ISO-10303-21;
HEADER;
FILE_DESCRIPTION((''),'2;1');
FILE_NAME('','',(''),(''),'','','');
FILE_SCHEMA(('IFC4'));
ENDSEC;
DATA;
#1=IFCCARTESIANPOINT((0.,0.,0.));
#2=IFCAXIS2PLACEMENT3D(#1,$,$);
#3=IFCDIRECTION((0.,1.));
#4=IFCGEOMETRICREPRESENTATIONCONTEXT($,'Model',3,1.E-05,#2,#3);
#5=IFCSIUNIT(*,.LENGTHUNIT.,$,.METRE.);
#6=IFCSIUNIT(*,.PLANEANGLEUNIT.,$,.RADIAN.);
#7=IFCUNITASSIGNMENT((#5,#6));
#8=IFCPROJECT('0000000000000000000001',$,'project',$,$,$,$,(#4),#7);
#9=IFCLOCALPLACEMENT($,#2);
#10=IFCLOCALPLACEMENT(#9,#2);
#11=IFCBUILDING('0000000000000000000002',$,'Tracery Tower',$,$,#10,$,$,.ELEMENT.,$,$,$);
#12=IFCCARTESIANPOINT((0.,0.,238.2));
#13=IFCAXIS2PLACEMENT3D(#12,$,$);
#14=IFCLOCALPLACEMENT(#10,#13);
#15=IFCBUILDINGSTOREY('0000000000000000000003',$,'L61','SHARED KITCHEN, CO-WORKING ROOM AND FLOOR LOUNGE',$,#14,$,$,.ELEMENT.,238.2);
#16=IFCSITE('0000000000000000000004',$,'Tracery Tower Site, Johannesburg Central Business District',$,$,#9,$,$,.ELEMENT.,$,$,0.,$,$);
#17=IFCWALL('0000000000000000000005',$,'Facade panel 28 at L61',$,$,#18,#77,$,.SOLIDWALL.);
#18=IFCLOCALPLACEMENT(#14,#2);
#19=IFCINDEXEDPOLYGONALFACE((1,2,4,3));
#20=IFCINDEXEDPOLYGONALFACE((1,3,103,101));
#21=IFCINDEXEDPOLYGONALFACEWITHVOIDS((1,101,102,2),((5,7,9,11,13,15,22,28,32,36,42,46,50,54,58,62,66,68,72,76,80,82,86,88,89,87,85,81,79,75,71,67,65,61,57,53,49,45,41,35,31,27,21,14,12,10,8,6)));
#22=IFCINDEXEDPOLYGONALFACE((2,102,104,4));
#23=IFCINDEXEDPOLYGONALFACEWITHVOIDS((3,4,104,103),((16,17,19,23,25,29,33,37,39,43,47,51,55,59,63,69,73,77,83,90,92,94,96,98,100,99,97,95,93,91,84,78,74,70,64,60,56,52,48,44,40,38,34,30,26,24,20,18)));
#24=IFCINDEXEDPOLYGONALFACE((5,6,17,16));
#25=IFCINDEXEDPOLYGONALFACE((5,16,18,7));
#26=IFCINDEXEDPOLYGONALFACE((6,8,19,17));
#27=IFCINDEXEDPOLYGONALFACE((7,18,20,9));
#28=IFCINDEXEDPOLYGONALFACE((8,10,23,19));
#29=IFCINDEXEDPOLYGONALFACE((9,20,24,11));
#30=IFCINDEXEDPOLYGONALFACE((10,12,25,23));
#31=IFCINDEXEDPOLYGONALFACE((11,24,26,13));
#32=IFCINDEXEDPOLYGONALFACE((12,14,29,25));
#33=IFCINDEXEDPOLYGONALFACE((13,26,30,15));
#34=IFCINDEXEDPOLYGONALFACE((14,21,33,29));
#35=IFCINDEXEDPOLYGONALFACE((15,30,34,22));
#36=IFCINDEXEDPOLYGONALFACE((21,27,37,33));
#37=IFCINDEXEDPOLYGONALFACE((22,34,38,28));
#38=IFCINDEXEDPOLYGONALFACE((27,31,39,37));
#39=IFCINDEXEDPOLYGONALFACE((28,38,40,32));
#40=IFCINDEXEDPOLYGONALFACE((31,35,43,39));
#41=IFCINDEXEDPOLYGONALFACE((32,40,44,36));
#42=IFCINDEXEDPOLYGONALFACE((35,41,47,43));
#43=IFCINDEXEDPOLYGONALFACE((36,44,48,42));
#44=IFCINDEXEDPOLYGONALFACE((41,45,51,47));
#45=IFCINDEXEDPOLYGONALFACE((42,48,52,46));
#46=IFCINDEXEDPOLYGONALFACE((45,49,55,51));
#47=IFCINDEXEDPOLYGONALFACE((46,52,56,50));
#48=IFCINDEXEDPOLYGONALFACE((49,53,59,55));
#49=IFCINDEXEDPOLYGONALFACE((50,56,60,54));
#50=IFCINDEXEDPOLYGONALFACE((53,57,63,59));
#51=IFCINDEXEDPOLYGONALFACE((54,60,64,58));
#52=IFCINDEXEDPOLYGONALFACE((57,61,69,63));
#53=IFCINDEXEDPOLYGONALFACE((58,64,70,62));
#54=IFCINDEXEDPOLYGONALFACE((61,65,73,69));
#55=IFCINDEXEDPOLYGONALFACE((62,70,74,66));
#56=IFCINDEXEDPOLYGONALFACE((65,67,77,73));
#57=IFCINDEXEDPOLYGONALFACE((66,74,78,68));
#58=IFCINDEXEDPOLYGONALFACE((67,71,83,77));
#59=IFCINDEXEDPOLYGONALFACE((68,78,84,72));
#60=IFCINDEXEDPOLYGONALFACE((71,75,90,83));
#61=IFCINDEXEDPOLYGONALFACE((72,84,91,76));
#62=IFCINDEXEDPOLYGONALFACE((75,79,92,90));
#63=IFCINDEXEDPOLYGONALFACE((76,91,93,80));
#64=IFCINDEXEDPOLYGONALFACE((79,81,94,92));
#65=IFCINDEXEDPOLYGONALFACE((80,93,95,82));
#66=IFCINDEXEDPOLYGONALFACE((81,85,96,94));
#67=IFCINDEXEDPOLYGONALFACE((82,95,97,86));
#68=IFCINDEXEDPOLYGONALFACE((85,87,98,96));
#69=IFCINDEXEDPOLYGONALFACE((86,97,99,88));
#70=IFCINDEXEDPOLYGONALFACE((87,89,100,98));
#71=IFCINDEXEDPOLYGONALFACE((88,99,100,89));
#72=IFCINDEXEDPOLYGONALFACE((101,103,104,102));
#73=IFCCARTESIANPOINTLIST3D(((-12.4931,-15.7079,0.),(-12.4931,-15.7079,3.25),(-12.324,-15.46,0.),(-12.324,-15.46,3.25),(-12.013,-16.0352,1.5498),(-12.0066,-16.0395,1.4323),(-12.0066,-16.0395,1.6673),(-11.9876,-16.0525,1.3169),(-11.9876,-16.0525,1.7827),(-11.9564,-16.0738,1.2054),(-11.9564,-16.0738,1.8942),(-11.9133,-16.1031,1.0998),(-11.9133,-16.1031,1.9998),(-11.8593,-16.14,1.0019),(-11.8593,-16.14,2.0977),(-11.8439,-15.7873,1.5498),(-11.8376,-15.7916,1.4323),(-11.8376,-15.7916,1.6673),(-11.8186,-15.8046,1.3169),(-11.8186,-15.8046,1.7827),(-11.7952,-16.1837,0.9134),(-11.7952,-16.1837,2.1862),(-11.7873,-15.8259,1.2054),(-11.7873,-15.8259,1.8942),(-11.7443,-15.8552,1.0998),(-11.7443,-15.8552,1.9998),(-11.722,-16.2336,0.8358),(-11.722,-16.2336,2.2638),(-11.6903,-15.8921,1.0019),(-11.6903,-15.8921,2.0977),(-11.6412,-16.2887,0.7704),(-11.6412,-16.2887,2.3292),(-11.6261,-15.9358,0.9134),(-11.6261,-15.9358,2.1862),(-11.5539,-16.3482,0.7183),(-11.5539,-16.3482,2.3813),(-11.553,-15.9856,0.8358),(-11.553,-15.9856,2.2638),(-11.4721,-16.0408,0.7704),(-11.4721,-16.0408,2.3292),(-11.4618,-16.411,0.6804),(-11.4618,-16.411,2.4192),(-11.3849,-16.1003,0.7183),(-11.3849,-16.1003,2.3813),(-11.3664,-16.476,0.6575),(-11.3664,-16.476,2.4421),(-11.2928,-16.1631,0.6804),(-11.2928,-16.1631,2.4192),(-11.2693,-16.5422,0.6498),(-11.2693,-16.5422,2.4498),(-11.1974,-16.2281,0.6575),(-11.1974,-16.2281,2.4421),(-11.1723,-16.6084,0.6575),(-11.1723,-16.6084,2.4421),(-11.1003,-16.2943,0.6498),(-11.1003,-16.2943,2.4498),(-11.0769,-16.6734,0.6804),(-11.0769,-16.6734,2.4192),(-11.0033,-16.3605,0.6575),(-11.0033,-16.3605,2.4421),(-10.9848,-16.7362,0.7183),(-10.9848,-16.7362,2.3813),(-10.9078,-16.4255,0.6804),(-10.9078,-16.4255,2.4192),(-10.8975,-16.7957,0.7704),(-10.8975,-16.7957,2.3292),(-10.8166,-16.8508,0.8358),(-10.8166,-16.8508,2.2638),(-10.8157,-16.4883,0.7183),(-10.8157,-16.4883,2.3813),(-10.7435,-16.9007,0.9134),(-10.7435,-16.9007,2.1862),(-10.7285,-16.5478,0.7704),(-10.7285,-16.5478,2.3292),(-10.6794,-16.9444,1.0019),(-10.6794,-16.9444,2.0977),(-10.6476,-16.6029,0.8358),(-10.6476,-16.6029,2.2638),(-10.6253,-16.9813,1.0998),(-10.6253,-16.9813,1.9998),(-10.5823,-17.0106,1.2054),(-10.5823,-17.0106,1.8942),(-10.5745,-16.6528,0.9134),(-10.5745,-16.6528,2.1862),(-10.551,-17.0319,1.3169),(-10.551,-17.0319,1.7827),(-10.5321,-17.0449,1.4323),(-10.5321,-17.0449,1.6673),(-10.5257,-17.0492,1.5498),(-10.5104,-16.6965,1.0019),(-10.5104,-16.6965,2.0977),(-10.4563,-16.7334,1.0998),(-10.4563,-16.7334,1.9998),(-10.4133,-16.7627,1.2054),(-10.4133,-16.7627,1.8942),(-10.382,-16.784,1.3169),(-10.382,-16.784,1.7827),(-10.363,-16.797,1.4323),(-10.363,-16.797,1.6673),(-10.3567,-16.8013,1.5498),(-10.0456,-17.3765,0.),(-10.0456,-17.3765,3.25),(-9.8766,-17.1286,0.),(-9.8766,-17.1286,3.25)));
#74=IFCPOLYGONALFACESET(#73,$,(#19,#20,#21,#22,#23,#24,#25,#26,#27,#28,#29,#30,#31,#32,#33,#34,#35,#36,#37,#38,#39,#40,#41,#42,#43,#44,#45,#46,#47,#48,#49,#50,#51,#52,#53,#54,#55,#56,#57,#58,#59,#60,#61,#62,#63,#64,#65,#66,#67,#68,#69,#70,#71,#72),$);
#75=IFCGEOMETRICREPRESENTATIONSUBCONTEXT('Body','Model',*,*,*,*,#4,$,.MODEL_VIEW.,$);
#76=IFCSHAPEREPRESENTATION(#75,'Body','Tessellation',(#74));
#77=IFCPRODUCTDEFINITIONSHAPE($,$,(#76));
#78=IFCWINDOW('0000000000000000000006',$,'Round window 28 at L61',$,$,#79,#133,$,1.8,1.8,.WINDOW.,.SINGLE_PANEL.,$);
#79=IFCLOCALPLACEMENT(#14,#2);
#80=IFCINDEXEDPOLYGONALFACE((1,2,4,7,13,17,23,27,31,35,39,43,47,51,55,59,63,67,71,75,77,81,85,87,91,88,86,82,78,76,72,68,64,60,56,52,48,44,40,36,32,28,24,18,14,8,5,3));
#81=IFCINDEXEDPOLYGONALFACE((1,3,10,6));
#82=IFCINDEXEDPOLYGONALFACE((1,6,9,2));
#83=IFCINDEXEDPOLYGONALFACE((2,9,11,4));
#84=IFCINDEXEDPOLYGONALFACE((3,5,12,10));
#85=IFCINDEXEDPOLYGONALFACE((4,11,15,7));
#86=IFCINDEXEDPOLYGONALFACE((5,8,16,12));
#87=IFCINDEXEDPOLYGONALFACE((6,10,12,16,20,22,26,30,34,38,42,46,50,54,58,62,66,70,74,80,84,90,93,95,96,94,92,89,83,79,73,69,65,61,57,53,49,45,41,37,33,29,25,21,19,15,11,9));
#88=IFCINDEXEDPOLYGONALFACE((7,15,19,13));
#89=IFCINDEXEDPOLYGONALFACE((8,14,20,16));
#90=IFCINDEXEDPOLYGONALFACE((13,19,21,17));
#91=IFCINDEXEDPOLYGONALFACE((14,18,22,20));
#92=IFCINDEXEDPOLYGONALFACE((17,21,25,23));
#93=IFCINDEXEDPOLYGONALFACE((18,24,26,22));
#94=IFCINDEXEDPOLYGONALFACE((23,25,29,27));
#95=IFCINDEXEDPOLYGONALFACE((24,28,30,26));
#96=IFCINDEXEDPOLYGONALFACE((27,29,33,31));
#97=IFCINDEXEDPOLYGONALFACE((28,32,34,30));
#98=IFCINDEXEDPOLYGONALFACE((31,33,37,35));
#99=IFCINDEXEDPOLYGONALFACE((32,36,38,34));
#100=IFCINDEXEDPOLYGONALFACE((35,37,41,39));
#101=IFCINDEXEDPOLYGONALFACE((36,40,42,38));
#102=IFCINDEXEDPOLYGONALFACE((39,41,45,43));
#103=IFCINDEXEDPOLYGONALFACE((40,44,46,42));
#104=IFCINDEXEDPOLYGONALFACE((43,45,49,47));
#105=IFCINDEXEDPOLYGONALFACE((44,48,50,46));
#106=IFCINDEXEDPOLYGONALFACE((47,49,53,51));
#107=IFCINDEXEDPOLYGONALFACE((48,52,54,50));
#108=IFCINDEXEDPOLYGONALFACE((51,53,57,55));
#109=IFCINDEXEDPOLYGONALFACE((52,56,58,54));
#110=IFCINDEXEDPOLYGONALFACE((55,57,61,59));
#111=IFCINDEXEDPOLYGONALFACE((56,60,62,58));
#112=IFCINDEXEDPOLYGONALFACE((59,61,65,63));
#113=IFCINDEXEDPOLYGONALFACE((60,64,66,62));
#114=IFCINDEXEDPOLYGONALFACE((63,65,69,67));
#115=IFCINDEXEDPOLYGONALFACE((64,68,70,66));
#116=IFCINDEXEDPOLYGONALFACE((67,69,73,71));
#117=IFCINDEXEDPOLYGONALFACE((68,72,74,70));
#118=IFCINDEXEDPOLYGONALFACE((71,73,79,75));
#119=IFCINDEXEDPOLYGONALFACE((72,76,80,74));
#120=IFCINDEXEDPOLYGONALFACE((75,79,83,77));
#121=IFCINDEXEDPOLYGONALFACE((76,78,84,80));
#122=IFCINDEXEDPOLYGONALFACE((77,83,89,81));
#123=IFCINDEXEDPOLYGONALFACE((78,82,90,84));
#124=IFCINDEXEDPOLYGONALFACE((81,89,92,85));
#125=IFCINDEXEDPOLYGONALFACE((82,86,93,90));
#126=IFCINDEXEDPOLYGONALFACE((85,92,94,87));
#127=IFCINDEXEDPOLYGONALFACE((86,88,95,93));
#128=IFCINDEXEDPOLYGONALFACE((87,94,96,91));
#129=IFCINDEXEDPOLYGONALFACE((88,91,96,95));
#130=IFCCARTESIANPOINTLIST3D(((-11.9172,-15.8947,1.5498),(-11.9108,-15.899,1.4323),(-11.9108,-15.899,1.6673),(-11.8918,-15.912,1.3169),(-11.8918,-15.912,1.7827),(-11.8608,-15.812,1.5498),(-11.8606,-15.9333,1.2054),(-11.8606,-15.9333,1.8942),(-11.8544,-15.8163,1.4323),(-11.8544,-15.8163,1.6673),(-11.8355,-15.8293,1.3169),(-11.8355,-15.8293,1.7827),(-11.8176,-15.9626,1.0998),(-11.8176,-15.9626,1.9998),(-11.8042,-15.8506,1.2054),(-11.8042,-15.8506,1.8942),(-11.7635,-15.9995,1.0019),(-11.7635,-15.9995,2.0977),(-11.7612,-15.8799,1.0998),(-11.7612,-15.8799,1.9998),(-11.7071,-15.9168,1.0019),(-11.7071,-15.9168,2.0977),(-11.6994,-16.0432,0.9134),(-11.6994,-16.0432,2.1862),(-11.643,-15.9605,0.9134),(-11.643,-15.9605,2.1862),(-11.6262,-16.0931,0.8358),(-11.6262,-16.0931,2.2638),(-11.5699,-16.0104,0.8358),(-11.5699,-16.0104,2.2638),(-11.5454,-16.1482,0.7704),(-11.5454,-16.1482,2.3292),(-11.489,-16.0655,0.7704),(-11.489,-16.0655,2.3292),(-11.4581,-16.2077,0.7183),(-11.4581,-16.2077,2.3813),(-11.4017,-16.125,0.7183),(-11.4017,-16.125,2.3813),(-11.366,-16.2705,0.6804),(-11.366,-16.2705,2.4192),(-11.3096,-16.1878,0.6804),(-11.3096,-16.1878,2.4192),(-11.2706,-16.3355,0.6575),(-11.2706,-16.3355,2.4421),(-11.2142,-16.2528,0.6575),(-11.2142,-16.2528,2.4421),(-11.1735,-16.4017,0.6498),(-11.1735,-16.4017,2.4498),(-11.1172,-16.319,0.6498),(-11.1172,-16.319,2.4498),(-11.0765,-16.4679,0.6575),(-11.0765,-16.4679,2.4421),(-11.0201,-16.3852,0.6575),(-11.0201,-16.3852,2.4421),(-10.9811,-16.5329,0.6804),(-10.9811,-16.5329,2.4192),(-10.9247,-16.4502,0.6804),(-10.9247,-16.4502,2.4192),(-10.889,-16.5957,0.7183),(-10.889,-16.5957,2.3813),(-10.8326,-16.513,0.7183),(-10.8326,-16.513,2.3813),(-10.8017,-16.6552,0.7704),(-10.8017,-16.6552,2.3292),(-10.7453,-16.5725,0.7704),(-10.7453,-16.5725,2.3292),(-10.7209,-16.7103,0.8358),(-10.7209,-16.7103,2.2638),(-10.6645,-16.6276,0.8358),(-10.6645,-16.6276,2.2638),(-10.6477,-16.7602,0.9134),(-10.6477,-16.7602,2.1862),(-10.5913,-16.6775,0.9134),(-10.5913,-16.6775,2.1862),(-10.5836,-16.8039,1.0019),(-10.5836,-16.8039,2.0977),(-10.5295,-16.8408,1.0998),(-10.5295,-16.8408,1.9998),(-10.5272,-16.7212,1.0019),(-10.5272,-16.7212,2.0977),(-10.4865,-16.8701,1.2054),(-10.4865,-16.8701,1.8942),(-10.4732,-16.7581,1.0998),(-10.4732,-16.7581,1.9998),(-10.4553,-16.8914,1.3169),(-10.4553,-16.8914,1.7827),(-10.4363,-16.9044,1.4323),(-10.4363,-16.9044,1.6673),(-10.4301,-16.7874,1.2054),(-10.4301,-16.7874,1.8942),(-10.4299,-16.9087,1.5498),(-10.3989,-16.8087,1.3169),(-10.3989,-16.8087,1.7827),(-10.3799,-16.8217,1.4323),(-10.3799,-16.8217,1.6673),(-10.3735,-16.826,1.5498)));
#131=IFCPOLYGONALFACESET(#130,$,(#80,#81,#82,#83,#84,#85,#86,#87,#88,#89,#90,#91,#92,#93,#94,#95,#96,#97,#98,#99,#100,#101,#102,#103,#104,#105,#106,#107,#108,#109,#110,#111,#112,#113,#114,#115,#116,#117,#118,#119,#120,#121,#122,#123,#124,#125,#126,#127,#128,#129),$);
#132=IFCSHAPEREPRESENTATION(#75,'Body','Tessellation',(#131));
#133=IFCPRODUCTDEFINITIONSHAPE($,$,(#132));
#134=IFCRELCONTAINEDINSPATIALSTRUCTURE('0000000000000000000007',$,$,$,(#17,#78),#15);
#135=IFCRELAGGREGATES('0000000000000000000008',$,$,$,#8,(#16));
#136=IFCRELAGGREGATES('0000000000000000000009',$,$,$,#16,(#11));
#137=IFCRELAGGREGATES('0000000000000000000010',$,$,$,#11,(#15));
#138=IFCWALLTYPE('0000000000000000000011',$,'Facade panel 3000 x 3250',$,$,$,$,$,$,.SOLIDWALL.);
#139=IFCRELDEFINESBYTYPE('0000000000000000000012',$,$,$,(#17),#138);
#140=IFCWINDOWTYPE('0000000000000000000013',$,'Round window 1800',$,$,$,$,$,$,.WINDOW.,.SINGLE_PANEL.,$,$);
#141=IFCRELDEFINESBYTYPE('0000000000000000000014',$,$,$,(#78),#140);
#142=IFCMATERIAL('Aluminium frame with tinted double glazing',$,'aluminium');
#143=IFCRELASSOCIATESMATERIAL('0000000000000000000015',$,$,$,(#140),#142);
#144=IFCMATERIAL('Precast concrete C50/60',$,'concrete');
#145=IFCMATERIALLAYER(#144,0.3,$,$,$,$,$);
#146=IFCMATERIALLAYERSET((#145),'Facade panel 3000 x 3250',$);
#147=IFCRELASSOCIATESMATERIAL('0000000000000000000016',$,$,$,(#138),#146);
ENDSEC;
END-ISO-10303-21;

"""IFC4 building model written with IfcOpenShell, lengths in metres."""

from ifc_helpers import new_model, si_unit, direction, frame, frame_2d, origin, origin_2d, place, context, subcontext, project, spatial, rectangle, circle, extrude, material, layer, layer_set, type_object, element, fill, save


model = new_model("IFC4")

# Units and contexts
model_context = context("Model", 3, precision=1e-05, world=origin(), true_north=direction((0.0, 1.0)))
body_context = subcontext(model_context, "Body", "Model", "MODEL_VIEW")
ifc_project = project(units=[si_unit("LENGTHUNIT", "METRE"), si_unit("PLANEANGLEUNIT", "RADIAN")], contexts=[model_context])

# Site, building, storey
site_placement = place(None, origin())
site = spatial("IfcSite", under=ifc_project, at=site_placement, Name="Tracery Tower Site, Johannesburg Central Business District", CompositionType="ELEMENT", RefElevation=0.0)
building_placement = place(site_placement, origin())
building = spatial("IfcBuilding", under=site, at=building_placement, Name="Tracery Tower", CompositionType="ELEMENT")
storey_placement = place(building_placement, frame((0.0, 0.0, 238.2)))
storey = spatial("IfcBuildingStorey", under=building, at=storey_placement, Name="L61", Description="SHARED KITCHEN, CO-WORKING ROOM AND FLOOR LOUNGE", CompositionType="ELEMENT", Elevation=238.2)

# Wall, opening, window
ifc_material_1 = material(Name="Aluminium frame with tinted double glazing", Category="aluminium")
window_type = type_object("IfcWindowType", Name="Round window 1800", PartitioningType="SINGLE_PANEL", PredefinedType="WINDOW", material=ifc_material_1)
ifc_material_2 = material(Name="Precast concrete C50/60", Category="concrete")
ifc_layer_1 = layer(ifc_material_2, 0.3)
ifc_layer_set_1 = layer_set([ifc_layer_1], Name="Facade panel 3000 x 3250")
wall_type_1 = type_object("IfcWallType", Name="Facade panel 3000 x 3250", PredefinedType="SOLIDWALL", material=ifc_layer_set_1)
wall_1_placement = place(storey_placement, frame((-12.4084, -15.584, 0.0), z_axis=(0.0, 0.0, 1.0), x_axis=(0.826236, -0.563324, 0.0)))
wall_1 = element("IfcWall", 1, at=wall_1_placement, inside=storey, type_object=wall_type_1, Name="Facade panel 28 at L61", PredefinedType="SOLIDWALL", context=body_context, shape_type="SweptSolid", body=[
    extrude(rectangle(XDim=2.9622, YDim=0.3, at=frame_2d((1.481, 0.0))), origin(), (0.0, 0.0, 1.0), 3.25),
])
opening_1_placement = place(wall_1_placement, frame((1.481, 0.0, 1.5498)))
opening_1 = element("IfcOpeningElement", 2, at=opening_1_placement, cuts=wall_1, PredefinedType="OPENING", context=body_context, shape_type="SweptSolid", body=[
    extrude(circle(Radius=0.9, at=origin_2d()), frame((0.0, 0.1599, 0.0), z_axis=(0.0, -1.0, 0.0), x_axis=(1.0, 0.0, 0.0)), (0.0, 0.0, 1.0), 0.3201),
])
window_1_placement = place(opening_1_placement, origin())
window_1 = element("IfcWindow", 3, at=window_1_placement, inside=storey, type_object=window_type, Name="Round window 28 at L61", OverallHeight=1.8, OverallWidth=1.8, PartitioningType="SINGLE_PANEL", PredefinedType="WINDOW", context=body_context, shape_type="SweptSolid", body=[
    extrude(circle(Radius=0.9, at=origin_2d()), frame((0.0, 0.1201, 0.0), z_axis=(0.0, -1.0, 0.0), x_axis=(1.0, 0.0, 0.0)), (0.0, 0.0, 1.0), 0.1001),
])
fill(opening_1, window_1)

save(model, "model.ifc")
